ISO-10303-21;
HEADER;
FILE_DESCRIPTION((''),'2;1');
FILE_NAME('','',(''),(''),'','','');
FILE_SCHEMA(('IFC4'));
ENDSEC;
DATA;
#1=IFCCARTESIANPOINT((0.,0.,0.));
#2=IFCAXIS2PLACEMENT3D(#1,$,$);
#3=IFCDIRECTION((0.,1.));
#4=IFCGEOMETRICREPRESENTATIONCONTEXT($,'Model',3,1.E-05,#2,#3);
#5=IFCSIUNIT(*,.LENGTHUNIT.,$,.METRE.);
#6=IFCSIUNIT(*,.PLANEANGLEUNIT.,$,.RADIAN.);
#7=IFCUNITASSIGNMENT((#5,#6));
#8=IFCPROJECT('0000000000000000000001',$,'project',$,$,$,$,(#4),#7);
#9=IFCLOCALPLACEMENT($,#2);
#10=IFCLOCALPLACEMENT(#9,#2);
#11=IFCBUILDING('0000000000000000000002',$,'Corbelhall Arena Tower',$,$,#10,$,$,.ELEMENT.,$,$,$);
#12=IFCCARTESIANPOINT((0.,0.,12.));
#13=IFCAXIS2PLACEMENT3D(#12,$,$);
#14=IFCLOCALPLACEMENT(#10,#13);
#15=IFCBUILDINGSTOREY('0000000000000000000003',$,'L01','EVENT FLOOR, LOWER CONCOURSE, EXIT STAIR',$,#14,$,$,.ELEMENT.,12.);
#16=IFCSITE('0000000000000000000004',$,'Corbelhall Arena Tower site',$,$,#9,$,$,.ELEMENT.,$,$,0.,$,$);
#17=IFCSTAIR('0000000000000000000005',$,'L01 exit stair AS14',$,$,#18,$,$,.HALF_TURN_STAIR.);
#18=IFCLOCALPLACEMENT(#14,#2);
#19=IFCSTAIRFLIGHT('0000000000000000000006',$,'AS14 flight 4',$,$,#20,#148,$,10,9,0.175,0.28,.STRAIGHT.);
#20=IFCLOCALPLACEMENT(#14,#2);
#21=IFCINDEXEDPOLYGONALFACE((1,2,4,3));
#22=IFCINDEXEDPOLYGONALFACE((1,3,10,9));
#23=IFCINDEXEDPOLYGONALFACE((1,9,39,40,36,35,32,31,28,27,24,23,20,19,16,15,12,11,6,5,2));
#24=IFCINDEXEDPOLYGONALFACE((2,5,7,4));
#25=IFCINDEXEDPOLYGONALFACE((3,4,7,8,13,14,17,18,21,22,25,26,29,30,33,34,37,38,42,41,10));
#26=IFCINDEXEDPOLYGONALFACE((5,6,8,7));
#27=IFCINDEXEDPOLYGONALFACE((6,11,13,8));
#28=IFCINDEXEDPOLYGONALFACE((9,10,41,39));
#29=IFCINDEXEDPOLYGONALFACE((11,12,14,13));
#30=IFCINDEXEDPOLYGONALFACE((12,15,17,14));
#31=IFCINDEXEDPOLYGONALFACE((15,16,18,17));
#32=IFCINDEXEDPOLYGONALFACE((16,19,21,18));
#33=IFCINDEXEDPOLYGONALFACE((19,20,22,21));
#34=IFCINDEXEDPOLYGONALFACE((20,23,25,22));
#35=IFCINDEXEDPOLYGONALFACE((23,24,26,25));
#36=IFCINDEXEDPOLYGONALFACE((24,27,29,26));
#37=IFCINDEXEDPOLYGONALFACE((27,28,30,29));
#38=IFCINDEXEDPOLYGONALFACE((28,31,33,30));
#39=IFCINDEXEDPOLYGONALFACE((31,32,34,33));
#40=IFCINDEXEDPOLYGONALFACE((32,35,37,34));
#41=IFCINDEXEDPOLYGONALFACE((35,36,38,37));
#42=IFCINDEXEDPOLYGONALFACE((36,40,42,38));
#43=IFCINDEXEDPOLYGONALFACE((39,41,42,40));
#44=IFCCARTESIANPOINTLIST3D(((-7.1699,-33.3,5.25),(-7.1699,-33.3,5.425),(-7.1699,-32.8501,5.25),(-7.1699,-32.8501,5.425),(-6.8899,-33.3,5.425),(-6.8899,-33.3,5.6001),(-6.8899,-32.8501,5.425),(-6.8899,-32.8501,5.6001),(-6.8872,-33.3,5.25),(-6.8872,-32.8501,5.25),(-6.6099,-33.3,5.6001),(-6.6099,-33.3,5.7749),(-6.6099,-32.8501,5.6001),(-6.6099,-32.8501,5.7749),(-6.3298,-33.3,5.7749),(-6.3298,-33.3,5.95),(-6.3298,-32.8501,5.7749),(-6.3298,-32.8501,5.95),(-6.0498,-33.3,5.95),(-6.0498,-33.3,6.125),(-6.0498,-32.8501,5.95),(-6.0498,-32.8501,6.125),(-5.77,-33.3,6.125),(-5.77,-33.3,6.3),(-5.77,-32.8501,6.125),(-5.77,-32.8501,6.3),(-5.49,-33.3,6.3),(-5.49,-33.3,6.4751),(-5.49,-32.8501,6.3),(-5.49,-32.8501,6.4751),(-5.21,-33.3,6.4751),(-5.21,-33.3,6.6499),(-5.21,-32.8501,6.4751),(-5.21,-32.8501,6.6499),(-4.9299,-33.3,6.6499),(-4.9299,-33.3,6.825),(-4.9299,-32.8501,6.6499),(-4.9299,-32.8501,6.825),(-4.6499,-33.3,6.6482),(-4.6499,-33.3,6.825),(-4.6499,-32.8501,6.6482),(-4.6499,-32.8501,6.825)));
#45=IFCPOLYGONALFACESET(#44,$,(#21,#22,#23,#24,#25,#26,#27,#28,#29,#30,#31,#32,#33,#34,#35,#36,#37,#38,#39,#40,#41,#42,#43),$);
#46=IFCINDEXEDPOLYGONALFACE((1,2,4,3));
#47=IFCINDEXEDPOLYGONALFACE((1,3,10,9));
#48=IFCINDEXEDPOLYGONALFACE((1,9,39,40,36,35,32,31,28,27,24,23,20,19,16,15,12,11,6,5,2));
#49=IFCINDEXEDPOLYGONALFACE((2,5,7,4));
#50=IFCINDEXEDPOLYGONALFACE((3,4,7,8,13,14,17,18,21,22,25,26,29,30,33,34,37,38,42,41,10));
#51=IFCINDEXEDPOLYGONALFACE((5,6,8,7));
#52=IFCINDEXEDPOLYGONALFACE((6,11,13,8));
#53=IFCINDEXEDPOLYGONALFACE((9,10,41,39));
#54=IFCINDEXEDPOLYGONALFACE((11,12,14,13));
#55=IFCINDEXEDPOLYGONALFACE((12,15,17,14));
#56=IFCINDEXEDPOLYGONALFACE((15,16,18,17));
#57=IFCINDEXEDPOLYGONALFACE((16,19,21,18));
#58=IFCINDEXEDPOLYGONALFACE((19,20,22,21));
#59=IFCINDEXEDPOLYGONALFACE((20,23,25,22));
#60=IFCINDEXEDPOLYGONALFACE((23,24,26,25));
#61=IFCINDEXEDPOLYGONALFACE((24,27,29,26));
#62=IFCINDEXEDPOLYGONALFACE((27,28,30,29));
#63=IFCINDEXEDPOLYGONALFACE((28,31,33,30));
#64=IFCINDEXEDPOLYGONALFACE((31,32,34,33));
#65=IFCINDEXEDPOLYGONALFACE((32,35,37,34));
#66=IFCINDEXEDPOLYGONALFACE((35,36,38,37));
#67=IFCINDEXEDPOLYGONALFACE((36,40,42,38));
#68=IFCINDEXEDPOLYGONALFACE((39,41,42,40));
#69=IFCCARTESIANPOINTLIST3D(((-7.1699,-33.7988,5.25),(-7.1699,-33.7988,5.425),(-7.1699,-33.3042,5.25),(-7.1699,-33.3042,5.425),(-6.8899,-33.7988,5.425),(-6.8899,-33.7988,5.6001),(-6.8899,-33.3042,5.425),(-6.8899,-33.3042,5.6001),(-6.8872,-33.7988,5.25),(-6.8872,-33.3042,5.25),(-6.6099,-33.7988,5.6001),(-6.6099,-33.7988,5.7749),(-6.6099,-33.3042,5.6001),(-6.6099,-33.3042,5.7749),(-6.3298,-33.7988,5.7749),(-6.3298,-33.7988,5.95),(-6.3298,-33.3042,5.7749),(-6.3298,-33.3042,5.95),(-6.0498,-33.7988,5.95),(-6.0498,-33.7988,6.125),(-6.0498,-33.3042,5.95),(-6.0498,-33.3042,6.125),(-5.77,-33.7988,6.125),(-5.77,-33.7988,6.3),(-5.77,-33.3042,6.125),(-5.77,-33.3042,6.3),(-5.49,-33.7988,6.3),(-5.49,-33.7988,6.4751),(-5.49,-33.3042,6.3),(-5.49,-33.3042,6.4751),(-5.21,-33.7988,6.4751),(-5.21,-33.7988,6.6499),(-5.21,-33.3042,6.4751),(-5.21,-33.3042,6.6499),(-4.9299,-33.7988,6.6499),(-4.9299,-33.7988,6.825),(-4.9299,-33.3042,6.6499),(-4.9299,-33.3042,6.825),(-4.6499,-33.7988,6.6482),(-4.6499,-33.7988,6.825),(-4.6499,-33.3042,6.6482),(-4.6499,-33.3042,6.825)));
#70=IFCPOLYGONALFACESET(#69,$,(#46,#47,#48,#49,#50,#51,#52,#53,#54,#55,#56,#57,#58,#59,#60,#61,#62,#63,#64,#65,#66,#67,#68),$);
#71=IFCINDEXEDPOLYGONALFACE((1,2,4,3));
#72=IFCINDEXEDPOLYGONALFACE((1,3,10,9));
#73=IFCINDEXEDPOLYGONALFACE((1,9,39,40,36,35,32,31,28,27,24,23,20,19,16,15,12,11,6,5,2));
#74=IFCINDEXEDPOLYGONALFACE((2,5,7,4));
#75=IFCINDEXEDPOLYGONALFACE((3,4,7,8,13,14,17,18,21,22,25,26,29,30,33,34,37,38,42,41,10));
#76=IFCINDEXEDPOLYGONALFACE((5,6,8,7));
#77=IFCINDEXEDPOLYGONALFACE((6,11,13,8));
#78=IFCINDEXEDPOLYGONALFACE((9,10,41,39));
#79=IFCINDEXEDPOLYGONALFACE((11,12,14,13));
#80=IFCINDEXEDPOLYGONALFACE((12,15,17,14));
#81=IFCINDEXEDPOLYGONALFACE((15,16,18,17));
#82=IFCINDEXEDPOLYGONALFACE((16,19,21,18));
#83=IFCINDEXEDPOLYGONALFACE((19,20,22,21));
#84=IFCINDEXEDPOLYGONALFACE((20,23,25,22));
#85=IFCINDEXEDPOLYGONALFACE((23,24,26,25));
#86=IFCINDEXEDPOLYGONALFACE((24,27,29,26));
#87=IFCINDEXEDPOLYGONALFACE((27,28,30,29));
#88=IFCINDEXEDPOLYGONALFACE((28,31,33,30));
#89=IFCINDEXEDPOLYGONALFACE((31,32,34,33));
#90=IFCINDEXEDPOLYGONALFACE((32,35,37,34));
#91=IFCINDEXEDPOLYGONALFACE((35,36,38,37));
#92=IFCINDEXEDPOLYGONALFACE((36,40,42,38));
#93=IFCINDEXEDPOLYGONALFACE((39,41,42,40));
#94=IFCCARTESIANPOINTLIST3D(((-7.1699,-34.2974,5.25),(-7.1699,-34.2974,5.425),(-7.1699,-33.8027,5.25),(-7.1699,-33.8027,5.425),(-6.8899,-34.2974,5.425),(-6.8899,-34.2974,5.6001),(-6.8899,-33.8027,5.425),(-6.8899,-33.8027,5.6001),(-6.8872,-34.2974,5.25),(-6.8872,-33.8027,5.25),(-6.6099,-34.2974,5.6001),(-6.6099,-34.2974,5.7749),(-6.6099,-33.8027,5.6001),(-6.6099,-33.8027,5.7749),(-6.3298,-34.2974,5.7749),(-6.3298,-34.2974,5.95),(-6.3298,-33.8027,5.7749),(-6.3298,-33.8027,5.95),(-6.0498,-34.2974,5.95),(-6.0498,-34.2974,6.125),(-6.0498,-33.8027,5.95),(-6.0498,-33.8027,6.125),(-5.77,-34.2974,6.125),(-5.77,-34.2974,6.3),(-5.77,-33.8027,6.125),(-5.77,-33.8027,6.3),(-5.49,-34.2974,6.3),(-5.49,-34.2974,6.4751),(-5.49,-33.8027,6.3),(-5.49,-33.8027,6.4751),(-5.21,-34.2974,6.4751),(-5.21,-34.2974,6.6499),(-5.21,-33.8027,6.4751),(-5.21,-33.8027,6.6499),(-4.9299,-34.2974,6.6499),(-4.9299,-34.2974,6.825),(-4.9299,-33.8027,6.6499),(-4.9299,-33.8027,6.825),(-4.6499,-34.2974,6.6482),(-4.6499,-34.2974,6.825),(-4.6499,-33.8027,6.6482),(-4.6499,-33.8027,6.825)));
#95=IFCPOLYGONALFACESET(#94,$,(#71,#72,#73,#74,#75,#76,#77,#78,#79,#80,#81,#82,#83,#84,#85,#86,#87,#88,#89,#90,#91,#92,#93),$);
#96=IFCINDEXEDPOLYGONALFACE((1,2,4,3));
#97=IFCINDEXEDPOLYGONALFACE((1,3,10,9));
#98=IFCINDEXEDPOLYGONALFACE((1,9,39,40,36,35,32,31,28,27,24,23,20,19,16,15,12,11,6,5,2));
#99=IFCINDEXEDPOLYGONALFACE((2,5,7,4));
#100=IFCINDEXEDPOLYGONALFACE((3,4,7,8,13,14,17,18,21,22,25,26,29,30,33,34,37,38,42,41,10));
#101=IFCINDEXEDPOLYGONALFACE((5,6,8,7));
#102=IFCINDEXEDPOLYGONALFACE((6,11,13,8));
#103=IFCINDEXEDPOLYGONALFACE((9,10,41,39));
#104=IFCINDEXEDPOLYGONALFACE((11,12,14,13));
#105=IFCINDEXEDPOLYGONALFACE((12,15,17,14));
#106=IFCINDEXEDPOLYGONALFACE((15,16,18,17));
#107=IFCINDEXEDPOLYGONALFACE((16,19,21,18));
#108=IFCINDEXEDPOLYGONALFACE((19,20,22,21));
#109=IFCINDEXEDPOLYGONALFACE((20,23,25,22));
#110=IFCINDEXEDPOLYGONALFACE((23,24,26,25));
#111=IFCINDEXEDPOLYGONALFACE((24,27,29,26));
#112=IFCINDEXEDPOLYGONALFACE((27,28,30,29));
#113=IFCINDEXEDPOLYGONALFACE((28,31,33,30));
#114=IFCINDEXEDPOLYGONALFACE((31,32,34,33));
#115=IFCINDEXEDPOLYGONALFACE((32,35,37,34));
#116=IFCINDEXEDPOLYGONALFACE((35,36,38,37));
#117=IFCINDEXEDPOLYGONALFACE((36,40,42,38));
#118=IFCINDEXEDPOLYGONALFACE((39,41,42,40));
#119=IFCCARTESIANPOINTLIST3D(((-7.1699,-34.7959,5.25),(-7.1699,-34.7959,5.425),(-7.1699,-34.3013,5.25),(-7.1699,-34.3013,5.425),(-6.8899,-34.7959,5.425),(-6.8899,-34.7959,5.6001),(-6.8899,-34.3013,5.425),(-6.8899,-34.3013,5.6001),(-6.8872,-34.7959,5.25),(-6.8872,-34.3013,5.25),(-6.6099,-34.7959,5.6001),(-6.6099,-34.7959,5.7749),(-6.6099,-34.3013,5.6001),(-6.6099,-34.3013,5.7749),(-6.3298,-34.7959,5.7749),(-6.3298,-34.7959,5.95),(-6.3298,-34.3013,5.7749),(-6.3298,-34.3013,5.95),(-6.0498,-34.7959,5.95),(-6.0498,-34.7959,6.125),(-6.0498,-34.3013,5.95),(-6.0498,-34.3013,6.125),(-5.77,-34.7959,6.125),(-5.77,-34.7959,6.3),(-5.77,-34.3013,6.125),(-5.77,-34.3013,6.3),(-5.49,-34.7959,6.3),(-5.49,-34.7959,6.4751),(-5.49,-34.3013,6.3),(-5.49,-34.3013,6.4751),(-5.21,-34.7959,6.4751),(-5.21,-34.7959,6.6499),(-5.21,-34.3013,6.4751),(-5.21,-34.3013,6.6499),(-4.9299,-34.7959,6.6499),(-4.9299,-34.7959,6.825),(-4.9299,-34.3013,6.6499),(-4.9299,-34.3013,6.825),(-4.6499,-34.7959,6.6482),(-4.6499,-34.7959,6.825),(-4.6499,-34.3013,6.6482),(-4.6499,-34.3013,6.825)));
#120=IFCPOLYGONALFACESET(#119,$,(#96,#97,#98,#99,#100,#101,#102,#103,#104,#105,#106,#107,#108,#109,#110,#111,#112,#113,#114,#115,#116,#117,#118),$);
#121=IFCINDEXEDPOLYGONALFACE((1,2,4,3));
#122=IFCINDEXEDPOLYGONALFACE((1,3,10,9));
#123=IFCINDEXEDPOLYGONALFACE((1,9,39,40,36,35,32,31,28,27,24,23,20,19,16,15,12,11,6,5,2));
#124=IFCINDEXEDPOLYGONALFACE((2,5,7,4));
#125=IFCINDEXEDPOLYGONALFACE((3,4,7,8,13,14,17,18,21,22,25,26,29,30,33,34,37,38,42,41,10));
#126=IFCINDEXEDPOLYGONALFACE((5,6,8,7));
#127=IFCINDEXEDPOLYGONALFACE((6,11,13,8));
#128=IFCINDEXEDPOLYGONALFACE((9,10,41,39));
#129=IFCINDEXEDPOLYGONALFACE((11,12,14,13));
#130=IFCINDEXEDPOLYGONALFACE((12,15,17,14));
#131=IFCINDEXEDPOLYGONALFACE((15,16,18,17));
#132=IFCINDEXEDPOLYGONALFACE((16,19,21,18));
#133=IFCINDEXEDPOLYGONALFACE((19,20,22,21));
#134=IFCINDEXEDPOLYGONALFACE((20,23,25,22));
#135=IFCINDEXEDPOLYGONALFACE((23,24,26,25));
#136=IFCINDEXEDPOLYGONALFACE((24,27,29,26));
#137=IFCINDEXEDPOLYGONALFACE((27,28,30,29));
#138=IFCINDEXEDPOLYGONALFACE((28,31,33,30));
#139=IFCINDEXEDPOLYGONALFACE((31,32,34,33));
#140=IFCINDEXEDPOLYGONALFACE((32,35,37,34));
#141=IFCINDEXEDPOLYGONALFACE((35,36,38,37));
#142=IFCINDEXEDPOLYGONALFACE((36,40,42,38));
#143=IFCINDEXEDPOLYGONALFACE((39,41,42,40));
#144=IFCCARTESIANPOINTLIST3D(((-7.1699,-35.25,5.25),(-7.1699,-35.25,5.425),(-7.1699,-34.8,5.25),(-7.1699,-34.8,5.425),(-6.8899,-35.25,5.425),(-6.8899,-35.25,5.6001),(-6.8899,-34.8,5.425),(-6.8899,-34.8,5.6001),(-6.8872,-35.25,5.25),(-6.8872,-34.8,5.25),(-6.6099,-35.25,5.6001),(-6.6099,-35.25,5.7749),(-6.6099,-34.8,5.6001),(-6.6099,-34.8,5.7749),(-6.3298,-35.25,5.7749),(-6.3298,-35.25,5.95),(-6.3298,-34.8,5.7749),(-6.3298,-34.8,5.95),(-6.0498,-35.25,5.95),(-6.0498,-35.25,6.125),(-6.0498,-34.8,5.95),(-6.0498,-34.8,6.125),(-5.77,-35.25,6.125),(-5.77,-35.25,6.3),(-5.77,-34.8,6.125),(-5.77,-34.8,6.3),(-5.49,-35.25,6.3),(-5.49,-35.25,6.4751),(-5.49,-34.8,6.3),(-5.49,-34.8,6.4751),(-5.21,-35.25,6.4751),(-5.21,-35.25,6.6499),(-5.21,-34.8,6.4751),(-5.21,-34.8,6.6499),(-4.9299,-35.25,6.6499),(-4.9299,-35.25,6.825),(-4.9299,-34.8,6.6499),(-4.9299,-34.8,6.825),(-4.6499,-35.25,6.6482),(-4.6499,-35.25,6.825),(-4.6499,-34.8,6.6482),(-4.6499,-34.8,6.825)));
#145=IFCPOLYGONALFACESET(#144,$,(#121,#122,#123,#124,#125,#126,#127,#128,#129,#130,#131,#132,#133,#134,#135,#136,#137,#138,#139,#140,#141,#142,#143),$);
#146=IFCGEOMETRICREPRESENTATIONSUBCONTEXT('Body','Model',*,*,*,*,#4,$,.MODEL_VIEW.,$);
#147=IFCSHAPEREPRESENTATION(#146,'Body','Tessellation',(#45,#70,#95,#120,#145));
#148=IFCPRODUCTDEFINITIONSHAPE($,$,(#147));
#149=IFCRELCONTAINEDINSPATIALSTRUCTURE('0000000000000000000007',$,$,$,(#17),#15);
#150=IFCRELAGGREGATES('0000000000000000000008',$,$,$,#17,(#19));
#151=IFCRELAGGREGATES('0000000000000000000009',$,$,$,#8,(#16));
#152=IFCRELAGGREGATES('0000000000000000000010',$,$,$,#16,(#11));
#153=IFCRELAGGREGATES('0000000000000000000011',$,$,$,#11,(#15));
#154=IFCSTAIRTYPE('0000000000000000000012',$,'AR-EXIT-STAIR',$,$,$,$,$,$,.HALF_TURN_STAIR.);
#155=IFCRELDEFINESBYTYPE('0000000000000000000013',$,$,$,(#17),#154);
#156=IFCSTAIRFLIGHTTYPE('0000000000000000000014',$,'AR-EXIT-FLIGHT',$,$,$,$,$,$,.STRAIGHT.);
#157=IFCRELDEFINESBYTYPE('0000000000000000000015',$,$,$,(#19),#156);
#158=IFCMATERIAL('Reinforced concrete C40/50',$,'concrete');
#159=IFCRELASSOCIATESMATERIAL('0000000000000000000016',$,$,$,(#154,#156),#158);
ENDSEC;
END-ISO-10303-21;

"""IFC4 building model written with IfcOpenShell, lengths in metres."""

from ifc_helpers import new_model, si_unit, direction, frame, origin, place, context, subcontext, project, spatial, polyline, outline, extrude, material, type_object, element, aggregate, save


model = new_model("IFC4")

# Units and contexts
model_context = context("Model", 3, precision=1e-05, world=origin(), true_north=direction((0.0, 1.0)))
body_context = subcontext(model_context, "Body", "Model", "MODEL_VIEW")
ifc_project = project(units=[si_unit("LENGTHUNIT", "METRE"), si_unit("PLANEANGLEUNIT", "RADIAN")], contexts=[model_context])

# Site, building, storey
site_placement = place(None, origin())
site = spatial("IfcSite", under=ifc_project, at=site_placement, Name="Corbelhall Arena Tower site", CompositionType="ELEMENT", RefElevation=0.0)
building_placement = place(site_placement, origin())
building = spatial("IfcBuilding", under=site, at=building_placement, Name="Corbelhall Arena Tower", CompositionType="ELEMENT")
storey_placement = place(building_placement, frame((0.0, 0.0, 12.0)))
storey = spatial("IfcBuildingStorey", under=building, at=storey_placement, Name="L01", Description="EVENT FLOOR, LOWER CONCOURSE, EXIT STAIR", CompositionType="ELEMENT", Elevation=12.0)

# Shared definitions
ifc_material_1 = material(Name="Reinforced concrete C40/50", Category="concrete")

# Stair, stair flight
stair_type = type_object("IfcStairType", Name="AR-EXIT-STAIR", PredefinedType="HALF_TURN_STAIR", material=ifc_material_1)
stair_placement = place(storey_placement, origin())
stair = element("IfcStair", 1, at=stair_placement, inside=storey, type_object=stair_type, Name="L01 exit stair AS14", PredefinedType="HALF_TURN_STAIR")
stair_flight_type = type_object("IfcStairFlightType", Name="AR-EXIT-FLIGHT", PredefinedType="STRAIGHT", material=ifc_material_1)
stair_flight_1_placement = place(storey_placement, frame((-7.1699, -34.05, 5.25), z_axis=(0.0, 0.0, 1.0), x_axis=(1.0, 0.0, 0.0)))
stair_flight_1 = element("IfcStairFlight", 2, at=stair_flight_1_placement, type_object=stair_flight_type, Name="AS14 flight 4", NumberOfRisers=10, NumberOfTreads=9, PredefinedType="STRAIGHT", RiserHeight=0.175, TreadLength=0.28, context=body_context, shape_type="SweptSolid", body=[
    extrude(outline(polyline([(0.0, 0.0), (0.0, 0.175), (0.28, 0.175), (0.28, 0.3501), (0.5601, 0.3501), (0.5601, 0.5249), (0.8401, 0.5249), (0.8401, 0.7), (1.1201, 0.7), (1.1201, 0.875), (1.3999, 0.875), (1.3999, 1.05), (1.6799, 1.05), (1.6799, 1.2251), (1.96, 1.2251), (1.96, 1.3999), (2.24, 1.3999), (2.24, 1.575), (2.52, 1.575), (2.52, 1.75), (2.52, 1.3982), (0.2827, 0.0), (0.0, 0.0)])), frame((0.0, 1.2, 0.0), z_axis=(0.0, -1.0, 0.0), x_axis=(1.0, 0.0, 0.0)), (0.0, 0.0, 1.0), 0.45),
    extrude(outline(polyline([(0.0, 0.0), (0.0, 0.175), (0.28, 0.175), (0.28, 0.3501), (0.5601, 0.3501), (0.5601, 0.5249), (0.8401, 0.5249), (0.8401, 0.7), (1.1201, 0.7), (1.1201, 0.875), (1.3999, 0.875), (1.3999, 1.05), (1.6799, 1.05), (1.6799, 1.2251), (1.96, 1.2251), (1.96, 1.3999), (2.24, 1.3999), (2.24, 1.575), (2.52, 1.575), (2.52, 1.75), (2.52, 1.3982), (0.2827, 0.0), (0.0, 0.0)])), frame((0.0, 0.7458, 0.0), z_axis=(0.0, -1.0, 0.0), x_axis=(1.0, 0.0, 0.0)), (0.0, 0.0, 1.0), 0.4946),
    extrude(outline(polyline([(0.0, 0.0), (0.0, 0.175), (0.28, 0.175), (0.28, 0.3501), (0.5601, 0.3501), (0.5601, 0.5249), (0.8401, 0.5249), (0.8401, 0.7), (1.1201, 0.7), (1.1201, 0.875), (1.3999, 0.875), (1.3999, 1.05), (1.6799, 1.05), (1.6799, 1.2251), (1.96, 1.2251), (1.96, 1.3999), (2.24, 1.3999), (2.24, 1.575), (2.52, 1.575), (2.52, 1.75), (2.52, 1.3982), (0.2827, 0.0), (0.0, 0.0)])), frame((0.0, 0.2473, 0.0), z_axis=(0.0, -1.0, 0.0), x_axis=(1.0, 0.0, 0.0)), (0.0, 0.0, 1.0), 0.4946),
    extrude(outline(polyline([(0.0, 0.0), (0.0, 0.175), (0.28, 0.175), (0.28, 0.3501), (0.5601, 0.3501), (0.5601, 0.5249), (0.8401, 0.5249), (0.8401, 0.7), (1.1201, 0.7), (1.1201, 0.875), (1.3999, 0.875), (1.3999, 1.05), (1.6799, 1.05), (1.6799, 1.2251), (1.96, 1.2251), (1.96, 1.3999), (2.24, 1.3999), (2.24, 1.575), (2.52, 1.575), (2.52, 1.75), (2.52, 1.3982), (0.2827, 0.0), (0.0, 0.0)])), frame((0.0, -0.2512, 0.0), z_axis=(0.0, -1.0, 0.0), x_axis=(1.0, 0.0, 0.0)), (0.0, 0.0, 1.0), 0.4946),
    extrude(outline(polyline([(0.0, 0.0), (0.0, 0.175), (0.28, 0.175), (0.28, 0.3501), (0.5601, 0.3501), (0.5601, 0.5249), (0.8401, 0.5249), (0.8401, 0.7), (1.1201, 0.7), (1.1201, 0.875), (1.3999, 0.875), (1.3999, 1.05), (1.6799, 1.05), (1.6799, 1.2251), (1.96, 1.2251), (1.96, 1.3999), (2.24, 1.3999), (2.24, 1.575), (2.52, 1.575), (2.52, 1.75), (2.52, 1.3982), (0.2827, 0.0), (0.0, 0.0)])), frame((0.0, -0.75, 0.0), z_axis=(0.0, -1.0, 0.0), x_axis=(1.0, 0.0, 0.0)), (0.0, 0.0, 1.0), 0.45),
])
aggregate(stair, [stair_flight_1])

save(model, "model.ifc")
